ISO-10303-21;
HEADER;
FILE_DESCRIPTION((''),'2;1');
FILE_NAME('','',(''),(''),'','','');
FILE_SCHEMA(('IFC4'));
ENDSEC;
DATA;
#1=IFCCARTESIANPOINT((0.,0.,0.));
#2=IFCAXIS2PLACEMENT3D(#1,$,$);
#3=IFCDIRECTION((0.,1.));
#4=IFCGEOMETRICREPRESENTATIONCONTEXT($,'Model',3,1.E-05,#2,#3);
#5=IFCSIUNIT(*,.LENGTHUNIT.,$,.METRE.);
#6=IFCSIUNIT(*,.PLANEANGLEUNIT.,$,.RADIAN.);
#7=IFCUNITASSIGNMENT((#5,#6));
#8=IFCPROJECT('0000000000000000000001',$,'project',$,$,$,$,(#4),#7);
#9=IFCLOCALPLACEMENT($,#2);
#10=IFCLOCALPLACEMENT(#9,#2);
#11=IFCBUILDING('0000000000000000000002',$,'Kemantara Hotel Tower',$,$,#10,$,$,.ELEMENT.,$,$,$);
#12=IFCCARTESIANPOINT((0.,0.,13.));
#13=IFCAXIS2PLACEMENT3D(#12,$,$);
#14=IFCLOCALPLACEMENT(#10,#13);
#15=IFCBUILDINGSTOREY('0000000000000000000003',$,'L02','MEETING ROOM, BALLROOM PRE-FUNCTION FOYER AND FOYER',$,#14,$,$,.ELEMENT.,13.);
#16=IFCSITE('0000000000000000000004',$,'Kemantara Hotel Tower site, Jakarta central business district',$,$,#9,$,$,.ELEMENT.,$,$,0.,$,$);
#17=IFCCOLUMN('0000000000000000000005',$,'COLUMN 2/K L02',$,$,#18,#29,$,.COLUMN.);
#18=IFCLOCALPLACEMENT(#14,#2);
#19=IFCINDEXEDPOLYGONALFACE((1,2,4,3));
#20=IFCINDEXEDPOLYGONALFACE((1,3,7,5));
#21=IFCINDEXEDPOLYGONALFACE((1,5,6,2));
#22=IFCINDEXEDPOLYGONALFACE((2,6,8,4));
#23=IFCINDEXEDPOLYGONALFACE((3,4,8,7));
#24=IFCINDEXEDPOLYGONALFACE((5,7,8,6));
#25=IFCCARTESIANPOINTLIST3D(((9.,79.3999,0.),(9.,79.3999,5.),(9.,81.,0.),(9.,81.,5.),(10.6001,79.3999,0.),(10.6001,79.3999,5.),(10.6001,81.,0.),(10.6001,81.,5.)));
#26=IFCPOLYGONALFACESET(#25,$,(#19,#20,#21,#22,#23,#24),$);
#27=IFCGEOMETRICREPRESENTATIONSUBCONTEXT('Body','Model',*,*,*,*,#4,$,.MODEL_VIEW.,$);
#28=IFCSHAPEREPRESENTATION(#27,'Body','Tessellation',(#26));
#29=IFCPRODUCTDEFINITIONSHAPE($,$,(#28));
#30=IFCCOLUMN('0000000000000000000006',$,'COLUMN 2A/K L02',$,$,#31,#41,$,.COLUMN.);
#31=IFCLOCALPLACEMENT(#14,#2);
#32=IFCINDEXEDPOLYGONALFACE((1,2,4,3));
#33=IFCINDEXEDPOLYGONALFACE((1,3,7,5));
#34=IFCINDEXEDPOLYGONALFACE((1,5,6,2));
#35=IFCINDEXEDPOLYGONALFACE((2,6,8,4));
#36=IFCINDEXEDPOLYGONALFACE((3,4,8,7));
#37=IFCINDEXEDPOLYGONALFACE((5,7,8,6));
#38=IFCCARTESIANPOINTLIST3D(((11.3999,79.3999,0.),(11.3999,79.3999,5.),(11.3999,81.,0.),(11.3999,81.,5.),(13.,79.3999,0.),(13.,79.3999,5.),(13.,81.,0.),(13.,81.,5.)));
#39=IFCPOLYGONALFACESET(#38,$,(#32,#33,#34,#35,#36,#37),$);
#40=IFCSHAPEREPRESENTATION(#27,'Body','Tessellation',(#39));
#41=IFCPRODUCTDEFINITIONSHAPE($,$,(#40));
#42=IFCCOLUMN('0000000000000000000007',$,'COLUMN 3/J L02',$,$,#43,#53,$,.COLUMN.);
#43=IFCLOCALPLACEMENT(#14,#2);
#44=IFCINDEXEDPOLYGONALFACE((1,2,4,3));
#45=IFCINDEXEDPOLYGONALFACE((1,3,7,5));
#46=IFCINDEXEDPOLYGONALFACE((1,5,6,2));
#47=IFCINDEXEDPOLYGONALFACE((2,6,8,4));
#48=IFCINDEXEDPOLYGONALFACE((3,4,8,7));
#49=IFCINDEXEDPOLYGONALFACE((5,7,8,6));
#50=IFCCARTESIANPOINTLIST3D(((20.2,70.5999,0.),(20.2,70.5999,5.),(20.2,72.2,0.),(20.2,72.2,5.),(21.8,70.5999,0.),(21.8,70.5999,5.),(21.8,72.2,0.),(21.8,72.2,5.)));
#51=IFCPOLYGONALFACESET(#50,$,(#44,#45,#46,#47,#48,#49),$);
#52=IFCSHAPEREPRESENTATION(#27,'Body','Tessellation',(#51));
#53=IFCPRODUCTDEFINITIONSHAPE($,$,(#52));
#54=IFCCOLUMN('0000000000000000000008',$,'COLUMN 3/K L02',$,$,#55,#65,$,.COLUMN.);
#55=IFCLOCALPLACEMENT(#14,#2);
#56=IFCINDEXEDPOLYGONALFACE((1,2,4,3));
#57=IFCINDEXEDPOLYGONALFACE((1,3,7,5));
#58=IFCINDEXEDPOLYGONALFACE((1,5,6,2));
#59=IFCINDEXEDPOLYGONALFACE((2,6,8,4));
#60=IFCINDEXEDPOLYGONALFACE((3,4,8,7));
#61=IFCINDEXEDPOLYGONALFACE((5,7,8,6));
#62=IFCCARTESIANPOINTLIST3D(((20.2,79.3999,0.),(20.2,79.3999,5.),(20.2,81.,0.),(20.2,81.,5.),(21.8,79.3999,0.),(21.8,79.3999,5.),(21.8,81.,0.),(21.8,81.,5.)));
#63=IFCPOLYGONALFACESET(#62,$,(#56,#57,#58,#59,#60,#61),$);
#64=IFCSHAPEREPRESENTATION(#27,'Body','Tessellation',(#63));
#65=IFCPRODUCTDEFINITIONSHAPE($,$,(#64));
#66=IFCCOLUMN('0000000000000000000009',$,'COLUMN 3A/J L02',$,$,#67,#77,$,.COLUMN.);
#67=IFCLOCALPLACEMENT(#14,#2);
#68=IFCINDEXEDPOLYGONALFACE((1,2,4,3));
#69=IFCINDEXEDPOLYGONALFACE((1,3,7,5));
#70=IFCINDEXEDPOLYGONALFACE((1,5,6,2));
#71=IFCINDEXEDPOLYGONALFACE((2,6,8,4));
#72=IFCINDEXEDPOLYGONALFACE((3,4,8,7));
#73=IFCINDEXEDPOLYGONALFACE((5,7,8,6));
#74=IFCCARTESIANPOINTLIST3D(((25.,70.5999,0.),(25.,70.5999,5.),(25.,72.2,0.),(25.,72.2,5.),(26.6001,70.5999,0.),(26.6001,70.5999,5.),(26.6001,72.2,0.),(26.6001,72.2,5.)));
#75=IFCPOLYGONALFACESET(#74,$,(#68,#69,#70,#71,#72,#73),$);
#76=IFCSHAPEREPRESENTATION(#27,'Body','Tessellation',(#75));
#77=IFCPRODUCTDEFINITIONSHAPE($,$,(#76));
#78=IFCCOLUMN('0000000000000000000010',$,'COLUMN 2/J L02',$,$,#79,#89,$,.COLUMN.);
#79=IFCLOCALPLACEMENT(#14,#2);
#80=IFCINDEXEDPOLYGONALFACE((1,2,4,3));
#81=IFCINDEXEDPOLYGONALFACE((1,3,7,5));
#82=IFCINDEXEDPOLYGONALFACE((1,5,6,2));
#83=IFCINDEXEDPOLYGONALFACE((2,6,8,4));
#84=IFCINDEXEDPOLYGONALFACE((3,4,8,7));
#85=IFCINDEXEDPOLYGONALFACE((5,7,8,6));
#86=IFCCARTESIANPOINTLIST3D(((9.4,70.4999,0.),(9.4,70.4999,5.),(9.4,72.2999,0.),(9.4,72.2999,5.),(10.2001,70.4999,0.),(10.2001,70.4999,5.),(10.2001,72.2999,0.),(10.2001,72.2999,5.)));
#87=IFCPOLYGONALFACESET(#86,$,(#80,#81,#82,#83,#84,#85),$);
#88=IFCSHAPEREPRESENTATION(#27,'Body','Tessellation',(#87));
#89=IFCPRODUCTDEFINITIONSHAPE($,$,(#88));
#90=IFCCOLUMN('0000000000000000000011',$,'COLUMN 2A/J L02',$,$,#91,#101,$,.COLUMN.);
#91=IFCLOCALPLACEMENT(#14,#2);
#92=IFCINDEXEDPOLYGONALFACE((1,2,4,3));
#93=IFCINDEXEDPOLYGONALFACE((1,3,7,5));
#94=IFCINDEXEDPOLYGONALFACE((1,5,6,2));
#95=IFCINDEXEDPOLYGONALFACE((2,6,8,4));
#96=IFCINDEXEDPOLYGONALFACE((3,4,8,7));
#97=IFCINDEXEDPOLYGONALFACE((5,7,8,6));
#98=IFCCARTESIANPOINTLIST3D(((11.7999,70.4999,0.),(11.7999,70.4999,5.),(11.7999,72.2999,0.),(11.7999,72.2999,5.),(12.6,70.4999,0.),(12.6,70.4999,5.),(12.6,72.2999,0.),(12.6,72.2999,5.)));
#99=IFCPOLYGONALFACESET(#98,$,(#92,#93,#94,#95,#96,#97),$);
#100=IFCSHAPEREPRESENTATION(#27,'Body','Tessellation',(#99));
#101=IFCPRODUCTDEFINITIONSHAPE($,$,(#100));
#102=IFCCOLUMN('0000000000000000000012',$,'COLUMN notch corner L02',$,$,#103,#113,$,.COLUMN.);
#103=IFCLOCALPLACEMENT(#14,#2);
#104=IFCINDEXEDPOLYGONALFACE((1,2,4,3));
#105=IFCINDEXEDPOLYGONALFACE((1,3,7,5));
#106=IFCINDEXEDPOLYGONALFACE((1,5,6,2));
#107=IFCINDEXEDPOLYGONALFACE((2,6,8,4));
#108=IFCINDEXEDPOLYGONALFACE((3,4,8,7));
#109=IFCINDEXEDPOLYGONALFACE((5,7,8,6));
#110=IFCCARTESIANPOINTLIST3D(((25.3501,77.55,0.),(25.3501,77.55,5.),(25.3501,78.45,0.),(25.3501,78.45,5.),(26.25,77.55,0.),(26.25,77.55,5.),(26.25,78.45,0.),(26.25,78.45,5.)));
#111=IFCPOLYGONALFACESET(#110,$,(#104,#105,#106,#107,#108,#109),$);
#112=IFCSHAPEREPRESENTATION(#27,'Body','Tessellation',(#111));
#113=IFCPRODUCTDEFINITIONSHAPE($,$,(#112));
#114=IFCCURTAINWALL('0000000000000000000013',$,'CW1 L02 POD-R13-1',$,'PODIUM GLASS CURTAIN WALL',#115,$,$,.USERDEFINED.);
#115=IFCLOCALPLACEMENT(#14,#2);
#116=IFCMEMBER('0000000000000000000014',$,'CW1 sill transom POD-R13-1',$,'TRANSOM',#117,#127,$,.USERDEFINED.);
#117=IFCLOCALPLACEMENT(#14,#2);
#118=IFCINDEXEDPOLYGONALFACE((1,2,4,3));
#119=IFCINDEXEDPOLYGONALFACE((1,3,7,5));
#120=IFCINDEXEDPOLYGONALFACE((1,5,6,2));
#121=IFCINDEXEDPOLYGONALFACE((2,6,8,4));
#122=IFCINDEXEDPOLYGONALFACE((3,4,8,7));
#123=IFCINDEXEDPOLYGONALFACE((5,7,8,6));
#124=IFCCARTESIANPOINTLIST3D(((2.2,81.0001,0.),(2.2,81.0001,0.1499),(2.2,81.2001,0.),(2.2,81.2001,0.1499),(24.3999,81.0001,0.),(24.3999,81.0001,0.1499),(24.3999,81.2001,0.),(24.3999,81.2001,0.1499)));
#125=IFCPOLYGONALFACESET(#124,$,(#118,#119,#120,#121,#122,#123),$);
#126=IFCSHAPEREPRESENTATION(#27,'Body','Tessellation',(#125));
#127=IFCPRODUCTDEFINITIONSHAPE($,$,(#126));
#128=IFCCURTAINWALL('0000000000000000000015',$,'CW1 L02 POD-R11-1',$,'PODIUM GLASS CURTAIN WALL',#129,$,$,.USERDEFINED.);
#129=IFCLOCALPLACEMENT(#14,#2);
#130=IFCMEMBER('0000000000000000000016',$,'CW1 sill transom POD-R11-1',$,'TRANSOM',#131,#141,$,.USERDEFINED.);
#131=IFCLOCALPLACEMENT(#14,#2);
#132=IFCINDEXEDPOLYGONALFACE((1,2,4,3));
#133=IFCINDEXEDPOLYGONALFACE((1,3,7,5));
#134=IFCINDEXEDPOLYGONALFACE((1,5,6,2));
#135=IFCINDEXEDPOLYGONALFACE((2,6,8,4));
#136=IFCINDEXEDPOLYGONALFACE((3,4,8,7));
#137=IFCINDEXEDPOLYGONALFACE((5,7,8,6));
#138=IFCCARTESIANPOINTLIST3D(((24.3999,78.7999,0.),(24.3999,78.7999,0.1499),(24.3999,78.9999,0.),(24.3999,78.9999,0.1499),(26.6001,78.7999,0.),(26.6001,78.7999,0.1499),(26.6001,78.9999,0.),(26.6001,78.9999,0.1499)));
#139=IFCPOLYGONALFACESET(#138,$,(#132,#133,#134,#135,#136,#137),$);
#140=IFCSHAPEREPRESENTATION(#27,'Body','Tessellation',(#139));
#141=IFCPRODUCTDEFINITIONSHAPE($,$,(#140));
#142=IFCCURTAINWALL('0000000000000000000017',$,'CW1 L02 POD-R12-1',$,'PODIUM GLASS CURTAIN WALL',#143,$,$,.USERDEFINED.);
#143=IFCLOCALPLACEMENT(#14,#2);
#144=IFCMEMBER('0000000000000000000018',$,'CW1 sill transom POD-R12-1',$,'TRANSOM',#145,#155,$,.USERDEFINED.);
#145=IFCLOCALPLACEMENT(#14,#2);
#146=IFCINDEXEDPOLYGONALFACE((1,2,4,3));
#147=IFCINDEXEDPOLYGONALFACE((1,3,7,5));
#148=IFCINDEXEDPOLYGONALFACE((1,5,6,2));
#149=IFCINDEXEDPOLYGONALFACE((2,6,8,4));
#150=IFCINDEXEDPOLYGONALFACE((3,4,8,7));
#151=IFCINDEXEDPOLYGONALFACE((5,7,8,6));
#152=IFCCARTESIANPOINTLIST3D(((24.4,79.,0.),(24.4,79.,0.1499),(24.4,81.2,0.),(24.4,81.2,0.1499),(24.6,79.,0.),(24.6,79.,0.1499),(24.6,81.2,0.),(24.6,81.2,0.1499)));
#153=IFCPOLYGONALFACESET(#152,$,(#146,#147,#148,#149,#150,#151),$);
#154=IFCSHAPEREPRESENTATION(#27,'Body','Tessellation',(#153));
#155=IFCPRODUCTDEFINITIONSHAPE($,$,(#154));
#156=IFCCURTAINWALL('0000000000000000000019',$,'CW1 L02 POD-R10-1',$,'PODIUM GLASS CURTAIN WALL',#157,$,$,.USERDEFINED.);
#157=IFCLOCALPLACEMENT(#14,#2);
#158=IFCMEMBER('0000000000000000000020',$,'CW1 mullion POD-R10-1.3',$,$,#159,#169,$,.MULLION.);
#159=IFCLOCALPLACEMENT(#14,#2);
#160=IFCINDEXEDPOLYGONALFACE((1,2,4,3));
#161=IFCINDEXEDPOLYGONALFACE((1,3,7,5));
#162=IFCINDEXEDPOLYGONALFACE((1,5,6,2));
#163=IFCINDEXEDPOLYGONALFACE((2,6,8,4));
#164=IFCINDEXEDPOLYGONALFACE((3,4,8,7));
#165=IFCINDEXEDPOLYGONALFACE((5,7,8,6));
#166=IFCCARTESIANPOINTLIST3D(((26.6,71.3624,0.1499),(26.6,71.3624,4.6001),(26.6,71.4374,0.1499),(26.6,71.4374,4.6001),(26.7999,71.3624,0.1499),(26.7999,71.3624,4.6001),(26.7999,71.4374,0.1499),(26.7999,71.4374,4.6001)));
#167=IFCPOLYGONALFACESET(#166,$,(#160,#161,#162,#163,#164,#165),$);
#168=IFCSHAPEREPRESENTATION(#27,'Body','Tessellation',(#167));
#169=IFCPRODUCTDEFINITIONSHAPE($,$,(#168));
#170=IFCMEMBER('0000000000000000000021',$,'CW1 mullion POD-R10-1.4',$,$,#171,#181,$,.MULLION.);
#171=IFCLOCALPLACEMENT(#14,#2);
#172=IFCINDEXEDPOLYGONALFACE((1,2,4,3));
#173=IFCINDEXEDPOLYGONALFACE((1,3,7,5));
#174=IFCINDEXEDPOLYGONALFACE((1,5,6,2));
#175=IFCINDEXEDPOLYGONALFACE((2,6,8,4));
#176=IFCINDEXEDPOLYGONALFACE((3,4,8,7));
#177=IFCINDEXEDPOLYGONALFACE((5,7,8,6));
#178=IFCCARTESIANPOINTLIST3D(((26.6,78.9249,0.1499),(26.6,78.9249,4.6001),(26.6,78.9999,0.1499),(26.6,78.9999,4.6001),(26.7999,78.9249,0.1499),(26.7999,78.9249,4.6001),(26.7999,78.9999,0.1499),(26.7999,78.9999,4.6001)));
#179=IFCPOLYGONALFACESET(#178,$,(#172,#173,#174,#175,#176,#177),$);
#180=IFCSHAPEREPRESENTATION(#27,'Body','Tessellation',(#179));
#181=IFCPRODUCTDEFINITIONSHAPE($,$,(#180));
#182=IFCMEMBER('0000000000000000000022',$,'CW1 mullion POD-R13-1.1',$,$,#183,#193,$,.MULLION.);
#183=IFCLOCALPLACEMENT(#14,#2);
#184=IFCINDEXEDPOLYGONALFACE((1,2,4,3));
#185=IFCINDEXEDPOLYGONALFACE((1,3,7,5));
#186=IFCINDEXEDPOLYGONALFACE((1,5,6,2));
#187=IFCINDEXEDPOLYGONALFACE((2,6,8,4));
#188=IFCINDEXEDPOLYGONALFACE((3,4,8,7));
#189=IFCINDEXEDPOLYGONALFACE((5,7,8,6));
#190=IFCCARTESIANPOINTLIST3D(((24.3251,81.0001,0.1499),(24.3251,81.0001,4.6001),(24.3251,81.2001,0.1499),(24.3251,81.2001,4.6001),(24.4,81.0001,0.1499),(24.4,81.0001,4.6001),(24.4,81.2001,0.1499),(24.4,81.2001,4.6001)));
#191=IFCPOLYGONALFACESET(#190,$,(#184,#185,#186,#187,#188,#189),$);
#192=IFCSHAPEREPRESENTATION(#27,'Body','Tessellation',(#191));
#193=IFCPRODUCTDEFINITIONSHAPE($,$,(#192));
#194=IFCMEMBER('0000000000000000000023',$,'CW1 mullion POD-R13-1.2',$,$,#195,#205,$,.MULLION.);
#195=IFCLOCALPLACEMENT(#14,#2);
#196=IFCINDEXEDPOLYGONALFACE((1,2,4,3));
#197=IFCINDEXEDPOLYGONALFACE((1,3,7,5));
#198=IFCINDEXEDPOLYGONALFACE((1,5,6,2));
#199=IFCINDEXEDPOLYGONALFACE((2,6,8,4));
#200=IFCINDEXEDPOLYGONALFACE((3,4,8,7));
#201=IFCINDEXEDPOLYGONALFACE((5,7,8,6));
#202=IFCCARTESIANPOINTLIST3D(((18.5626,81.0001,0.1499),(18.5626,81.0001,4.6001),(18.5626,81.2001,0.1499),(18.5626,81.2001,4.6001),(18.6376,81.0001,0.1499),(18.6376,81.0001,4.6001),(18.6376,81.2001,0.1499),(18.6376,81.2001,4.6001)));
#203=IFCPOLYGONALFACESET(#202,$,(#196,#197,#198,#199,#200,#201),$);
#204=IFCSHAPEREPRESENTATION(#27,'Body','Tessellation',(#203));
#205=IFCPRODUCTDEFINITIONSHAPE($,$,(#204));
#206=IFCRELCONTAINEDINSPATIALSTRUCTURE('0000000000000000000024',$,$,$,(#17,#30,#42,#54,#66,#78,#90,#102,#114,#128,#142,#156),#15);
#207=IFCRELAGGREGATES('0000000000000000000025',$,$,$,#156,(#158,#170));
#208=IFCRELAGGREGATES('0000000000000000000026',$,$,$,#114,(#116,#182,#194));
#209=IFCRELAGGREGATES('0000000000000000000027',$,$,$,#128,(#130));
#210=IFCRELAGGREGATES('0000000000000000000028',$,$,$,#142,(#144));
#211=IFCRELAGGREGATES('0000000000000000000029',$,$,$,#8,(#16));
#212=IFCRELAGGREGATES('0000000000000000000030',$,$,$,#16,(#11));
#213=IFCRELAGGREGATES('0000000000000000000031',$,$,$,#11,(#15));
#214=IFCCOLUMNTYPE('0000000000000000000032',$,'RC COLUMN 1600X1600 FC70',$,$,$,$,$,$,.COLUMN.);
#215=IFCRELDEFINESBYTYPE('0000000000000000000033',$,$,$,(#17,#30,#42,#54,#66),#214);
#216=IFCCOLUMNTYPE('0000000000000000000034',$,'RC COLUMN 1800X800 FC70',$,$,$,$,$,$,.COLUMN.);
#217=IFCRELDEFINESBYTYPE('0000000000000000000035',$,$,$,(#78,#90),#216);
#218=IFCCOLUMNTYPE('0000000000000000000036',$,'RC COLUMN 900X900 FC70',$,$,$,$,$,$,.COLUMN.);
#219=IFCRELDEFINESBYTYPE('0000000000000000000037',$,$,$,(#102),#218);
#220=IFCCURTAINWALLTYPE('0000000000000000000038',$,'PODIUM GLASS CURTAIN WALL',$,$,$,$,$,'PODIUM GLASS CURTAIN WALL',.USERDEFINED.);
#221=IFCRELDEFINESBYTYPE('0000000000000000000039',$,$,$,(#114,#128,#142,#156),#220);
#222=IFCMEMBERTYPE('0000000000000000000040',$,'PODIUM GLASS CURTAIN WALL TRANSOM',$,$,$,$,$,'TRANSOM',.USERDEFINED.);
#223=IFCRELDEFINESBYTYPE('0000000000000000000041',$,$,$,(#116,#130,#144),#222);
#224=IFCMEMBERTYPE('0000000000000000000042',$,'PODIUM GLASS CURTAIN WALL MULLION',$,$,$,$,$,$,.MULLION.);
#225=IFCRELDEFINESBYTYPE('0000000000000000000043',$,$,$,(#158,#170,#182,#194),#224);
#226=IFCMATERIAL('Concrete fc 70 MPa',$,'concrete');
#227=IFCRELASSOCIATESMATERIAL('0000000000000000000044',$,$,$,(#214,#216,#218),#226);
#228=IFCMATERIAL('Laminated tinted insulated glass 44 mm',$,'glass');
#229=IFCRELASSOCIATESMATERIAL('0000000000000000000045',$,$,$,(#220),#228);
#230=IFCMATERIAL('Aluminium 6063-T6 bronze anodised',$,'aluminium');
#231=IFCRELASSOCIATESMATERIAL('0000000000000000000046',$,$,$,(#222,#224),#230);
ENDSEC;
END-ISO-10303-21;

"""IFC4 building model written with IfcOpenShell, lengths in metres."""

from ifc_helpers import new_model, si_unit, direction, frame, origin, origin_2d, place, context, subcontext, project, spatial, rectangle, extrude, source, transform, mapped, material, material_profile, profile_set, type_object, element, aggregate, save


model = new_model("IFC4")

# Units and contexts
model_context = context("Model", 3, precision=1e-05, world=origin(), true_north=direction((0.0, 1.0)))
body_context = subcontext(model_context, "Body", "Model", "MODEL_VIEW")
ifc_project = project(units=[si_unit("LENGTHUNIT", "METRE"), si_unit("PLANEANGLEUNIT", "RADIAN")], contexts=[model_context])

# Site, building, storey
site_placement = place(None, origin())
site = spatial("IfcSite", under=ifc_project, at=site_placement, Name="Kemantara Hotel Tower site, Jakarta central business district", CompositionType="ELEMENT", RefElevation=0.0)
building_placement = place(site_placement, origin())
building = spatial("IfcBuilding", under=site, at=building_placement, Name="Kemantara Hotel Tower", CompositionType="ELEMENT")
storey_placement = place(building_placement, frame((0.0, 0.0, 13.0)))
storey = spatial("IfcBuildingStorey", under=building, at=storey_placement, Name="L02", Description="MEETING ROOM, BALLROOM PRE-FUNCTION FOYER AND FOYER", CompositionType="ELEMENT", Elevation=13.0)

# Columns
ifc_material_1 = material(Name="Concrete fc 70 MPa", Category="concrete")
ifc_material_profile_1 = material_profile(ifc_material_1, rectangle(XDim=1.6001, YDim=1.6001, at=origin_2d()), Name="RC 1600X1600")
ifc_profile_set_1 = profile_set([ifc_material_profile_1], Name="Concrete fc 70 MPa")
column_type_1 = type_object("IfcColumnType", Name="RC COLUMN 1600X1600 FC70", PredefinedType="COLUMN", material=ifc_profile_set_1)
for number, where, z_axis, x_axis, name in (
    (1, (9.8, 80.2, 0.0), (0.0, 0.0, 1.0), (1.0, 0.0, 0.0), "COLUMN 2/K L02"),
    (2, (12.2, 80.2, 0.0), (0.0, 0.0, 1.0), (1.0, 0.0, 0.0), "COLUMN 2A/K L02"),
    (3, (21.0, 71.3999, 0.0), (0.0, 0.0, 1.0), (1.0, 0.0, 0.0), "COLUMN 3/J L02"),
    (4, (21.0, 80.2, 0.0), (0.0, 0.0, 1.0), (1.0, 0.0, 0.0), "COLUMN 3/K L02"),
    (5, (25.8, 71.3999, 0.0), (0.0, 0.0, 1.0), (1.0, 0.0, 0.0), "COLUMN 3A/J L02"),
):
    element("IfcColumn", number, at=place(storey_placement, frame(where, z_axis=z_axis, x_axis=x_axis)), inside=storey, type_object=column_type_1, Name=name, PredefinedType="COLUMN", context=body_context, shape_type="SweptSolid", body=[
        extrude(rectangle(XDim=1.6001, YDim=1.6001, at=origin_2d()), origin(), (0.0, 0.0, 1.0), 5.0),
    ])
ifc_material_profile_2 = material_profile(ifc_material_1, rectangle(XDim=1.8, YDim=0.8, at=origin_2d()), Name="RC 1800X800")
ifc_profile_set_2 = profile_set([ifc_material_profile_2], Name="Concrete fc 70 MPa")
column_type_2 = type_object("IfcColumnType", Name="RC COLUMN 1800X800 FC70", PredefinedType="COLUMN", material=ifc_profile_set_2)
for number, where, z_axis, x_axis, name in (
    (6, (9.8, 71.3999, 0.0), (0.0, 0.0, 1.0), (0.0, 1.0, 0.0), "COLUMN 2/J L02"),
    (7, (12.2, 71.3999, 0.0), (0.0, 0.0, 1.0), (0.0, 1.0, 0.0), "COLUMN 2A/J L02"),
):
    element("IfcColumn", number, at=place(storey_placement, frame(where, z_axis=z_axis, x_axis=x_axis)), inside=storey, type_object=column_type_2, Name=name, PredefinedType="COLUMN", context=body_context, shape_type="SweptSolid", body=[
        extrude(rectangle(XDim=1.8, YDim=0.8, at=origin_2d()), origin(), (0.0, 0.0, 1.0), 5.0),
    ])
ifc_material_profile_3 = material_profile(ifc_material_1, rectangle(XDim=0.8999, YDim=0.8999, at=origin_2d()), Name="RC 900X900")
ifc_profile_set_3 = profile_set([ifc_material_profile_3], Name="Concrete fc 70 MPa")
column_type_3 = type_object("IfcColumnType", Name="RC COLUMN 900X900 FC70", PredefinedType="COLUMN", material=ifc_profile_set_3)
column_placement = place(storey_placement, frame((25.8, 78.0, 0.0), z_axis=(0.0, 0.0, 1.0), x_axis=(1.0, 0.0, 0.0)))
element("IfcColumn", 8, at=column_placement, inside=storey, type_object=column_type_3, Name="COLUMN notch corner L02", PredefinedType="COLUMN", context=body_context, shape_type="SweptSolid", body=[
    extrude(rectangle(XDim=0.8999, YDim=0.8999, at=origin_2d()), origin(), (0.0, 0.0, 1.0), 5.0),
])

# Curtain walls, members
ifc_material_2 = material(Name="Laminated tinted insulated glass 44 mm", Category="glass")
curtain_wall_type = type_object("IfcCurtainWallType", Name="PODIUM GLASS CURTAIN WALL", ElementType="PODIUM GLASS CURTAIN WALL", PredefinedType="USERDEFINED", material=ifc_material_2)
curtain_wall_1_placement = place(storey_placement, origin())
curtain_wall_1 = element("IfcCurtainWall", 9, at=curtain_wall_1_placement, inside=storey, type_object=curtain_wall_type, Name="CW1 L02 POD-R13-1", ObjectType="PODIUM GLASS CURTAIN WALL", PredefinedType="USERDEFINED")
ifc_material_3 = material(Name="Aluminium 6063-T6 bronze anodised", Category="aluminium")
ifc_material_profile_4 = material_profile(ifc_material_3, rectangle(XDim=0.2, YDim=0.1499, at=origin_2d()), Name="PODIUM GLASS CURTAIN WALL TRANSOM")
ifc_profile_set_4 = profile_set([ifc_material_profile_4], Name="Aluminium 6063-T6 bronze anodised")
member_type_1 = type_object("IfcMemberType", Name="PODIUM GLASS CURTAIN WALL TRANSOM", ElementType="TRANSOM", PredefinedType="USERDEFINED", material=ifc_profile_set_4)
member_1_placement = place(storey_placement, frame((24.3999, 81.1001, 0.075), z_axis=(-1.0, 0.0, 0.0), x_axis=(0.0, -1.0, 0.0)))
member_1 = element("IfcMember", 10, at=member_1_placement, type_object=member_type_1, Name="CW1 sill transom POD-R13-1", ObjectType="TRANSOM", PredefinedType="USERDEFINED", context=body_context, shape_type="SweptSolid", body=[
    extrude(rectangle(XDim=0.2, YDim=0.1499, at=origin_2d()), origin(), (0.0, 0.0, 1.0), 22.2),
])
curtain_wall_2_placement = place(storey_placement, origin())
curtain_wall_2 = element("IfcCurtainWall", 11, at=curtain_wall_2_placement, inside=storey, type_object=curtain_wall_type, Name="CW1 L02 POD-R11-1", ObjectType="PODIUM GLASS CURTAIN WALL", PredefinedType="USERDEFINED")
member_2_placement = place(storey_placement, frame((26.6001, 78.8999, 0.075), z_axis=(-1.0, 0.0, 0.0), x_axis=(0.0, -1.0, 0.0)))
member_2 = element("IfcMember", 12, at=member_2_placement, type_object=member_type_1, Name="CW1 sill transom POD-R11-1", ObjectType="TRANSOM", PredefinedType="USERDEFINED", context=body_context, shape_type="SweptSolid", body=[
    extrude(rectangle(XDim=0.2, YDim=0.1499, at=origin_2d()), origin(), (0.0, 0.0, 1.0), 2.2002),
])
curtain_wall_3_placement = place(storey_placement, origin())
curtain_wall_3 = element("IfcCurtainWall", 13, at=curtain_wall_3_placement, inside=storey, type_object=curtain_wall_type, Name="CW1 L02 POD-R12-1", ObjectType="PODIUM GLASS CURTAIN WALL", PredefinedType="USERDEFINED")
member_3_placement = place(storey_placement, frame((24.5, 79.0, 0.075), z_axis=(0.0, 1.0, 0.0), x_axis=(-1.0, 0.0, 0.0)))
member_3 = element("IfcMember", 14, at=member_3_placement, type_object=member_type_1, Name="CW1 sill transom POD-R12-1", ObjectType="TRANSOM", PredefinedType="USERDEFINED", context=body_context, shape_type="SweptSolid", body=[
    extrude(rectangle(XDim=0.2, YDim=0.1499, at=origin_2d()), origin(), (0.0, 0.0, 1.0), 2.2),
])

# Curtain wall, members
curtain_wall_4_placement = place(storey_placement, origin())
curtain_wall_4 = element("IfcCurtainWall", 15, at=curtain_wall_4_placement, inside=storey, type_object=curtain_wall_type, Name="CW1 L02 POD-R10-1", ObjectType="PODIUM GLASS CURTAIN WALL", PredefinedType="USERDEFINED")
ifc_material_profile_5 = material_profile(ifc_material_3, rectangle(XDim=0.2, YDim=0.075, at=origin_2d()), Name="PODIUM GLASS CURTAIN WALL MULLION")
ifc_profile_set_5 = profile_set([ifc_material_profile_5], Name="Aluminium 6063-T6 bronze anodised")
member_type_2 = type_object("IfcMemberType", Name="PODIUM GLASS CURTAIN WALL MULLION", PredefinedType="MULLION", material=ifc_profile_set_5)
shared_shape_1 = source(origin(), body_context, "Body", "SweptSolid", [
    extrude(rectangle(XDim=0.2, YDim=0.075, at=origin_2d()), origin(), (0.0, 0.0, 1.0), 4.4502),
])
member_4_placement = place(storey_placement, frame((26.7, 71.3999, 0.1499), z_axis=(0.0, 0.0, 1.0), x_axis=(-1.0, 0.0, 0.0)))
member_4 = element("IfcMember", 16, at=member_4_placement, type_object=member_type_2, Name="CW1 mullion POD-R10-1.3", PredefinedType="MULLION", context=body_context, shape_type="MappedRepresentation", body=[
    mapped(shared_shape_1, transform((0.0, 0.0, 0.0))),
])
member_5_placement = place(storey_placement, frame((26.7, 78.9624, 0.1499), z_axis=(0.0, 0.0, 1.0), x_axis=(-1.0, 0.0, 0.0)))
member_5 = element("IfcMember", 17, at=member_5_placement, type_object=member_type_2, Name="CW1 mullion POD-R10-1.4", PredefinedType="MULLION", context=body_context, shape_type="MappedRepresentation", body=[
    mapped(shared_shape_1, transform((0.0, 0.0, 0.0))),
])

# Members
member_6_placement = place(storey_placement, frame((24.3625, 81.1001, 0.1499), z_axis=(0.0, 0.0, 1.0), x_axis=(0.0, -1.0, 0.0)))
member_6 = element("IfcMember", 18, at=member_6_placement, type_object=member_type_2, Name="CW1 mullion POD-R13-1.1", PredefinedType="MULLION", context=body_context, shape_type="MappedRepresentation", body=[
    mapped(shared_shape_1, transform((0.0, 0.0, 0.0))),
])
member_7_placement = place(storey_placement, frame((18.6001, 81.1001, 0.1499), z_axis=(0.0, 0.0, 1.0), x_axis=(0.0, -1.0, 0.0)))
member_7 = element("IfcMember", 19, at=member_7_placement, type_object=member_type_2, Name="CW1 mullion POD-R13-1.2", PredefinedType="MULLION", context=body_context, shape_type="MappedRepresentation", body=[
    mapped(shared_shape_1, transform((0.0, 0.0, 0.0))),
])

aggregate(curtain_wall_4, [member_4, member_5])
aggregate(curtain_wall_1, [member_1, member_6, member_7])
aggregate(curtain_wall_2, [member_2])
aggregate(curtain_wall_3, [member_3])

save(model, "model.ifc")
